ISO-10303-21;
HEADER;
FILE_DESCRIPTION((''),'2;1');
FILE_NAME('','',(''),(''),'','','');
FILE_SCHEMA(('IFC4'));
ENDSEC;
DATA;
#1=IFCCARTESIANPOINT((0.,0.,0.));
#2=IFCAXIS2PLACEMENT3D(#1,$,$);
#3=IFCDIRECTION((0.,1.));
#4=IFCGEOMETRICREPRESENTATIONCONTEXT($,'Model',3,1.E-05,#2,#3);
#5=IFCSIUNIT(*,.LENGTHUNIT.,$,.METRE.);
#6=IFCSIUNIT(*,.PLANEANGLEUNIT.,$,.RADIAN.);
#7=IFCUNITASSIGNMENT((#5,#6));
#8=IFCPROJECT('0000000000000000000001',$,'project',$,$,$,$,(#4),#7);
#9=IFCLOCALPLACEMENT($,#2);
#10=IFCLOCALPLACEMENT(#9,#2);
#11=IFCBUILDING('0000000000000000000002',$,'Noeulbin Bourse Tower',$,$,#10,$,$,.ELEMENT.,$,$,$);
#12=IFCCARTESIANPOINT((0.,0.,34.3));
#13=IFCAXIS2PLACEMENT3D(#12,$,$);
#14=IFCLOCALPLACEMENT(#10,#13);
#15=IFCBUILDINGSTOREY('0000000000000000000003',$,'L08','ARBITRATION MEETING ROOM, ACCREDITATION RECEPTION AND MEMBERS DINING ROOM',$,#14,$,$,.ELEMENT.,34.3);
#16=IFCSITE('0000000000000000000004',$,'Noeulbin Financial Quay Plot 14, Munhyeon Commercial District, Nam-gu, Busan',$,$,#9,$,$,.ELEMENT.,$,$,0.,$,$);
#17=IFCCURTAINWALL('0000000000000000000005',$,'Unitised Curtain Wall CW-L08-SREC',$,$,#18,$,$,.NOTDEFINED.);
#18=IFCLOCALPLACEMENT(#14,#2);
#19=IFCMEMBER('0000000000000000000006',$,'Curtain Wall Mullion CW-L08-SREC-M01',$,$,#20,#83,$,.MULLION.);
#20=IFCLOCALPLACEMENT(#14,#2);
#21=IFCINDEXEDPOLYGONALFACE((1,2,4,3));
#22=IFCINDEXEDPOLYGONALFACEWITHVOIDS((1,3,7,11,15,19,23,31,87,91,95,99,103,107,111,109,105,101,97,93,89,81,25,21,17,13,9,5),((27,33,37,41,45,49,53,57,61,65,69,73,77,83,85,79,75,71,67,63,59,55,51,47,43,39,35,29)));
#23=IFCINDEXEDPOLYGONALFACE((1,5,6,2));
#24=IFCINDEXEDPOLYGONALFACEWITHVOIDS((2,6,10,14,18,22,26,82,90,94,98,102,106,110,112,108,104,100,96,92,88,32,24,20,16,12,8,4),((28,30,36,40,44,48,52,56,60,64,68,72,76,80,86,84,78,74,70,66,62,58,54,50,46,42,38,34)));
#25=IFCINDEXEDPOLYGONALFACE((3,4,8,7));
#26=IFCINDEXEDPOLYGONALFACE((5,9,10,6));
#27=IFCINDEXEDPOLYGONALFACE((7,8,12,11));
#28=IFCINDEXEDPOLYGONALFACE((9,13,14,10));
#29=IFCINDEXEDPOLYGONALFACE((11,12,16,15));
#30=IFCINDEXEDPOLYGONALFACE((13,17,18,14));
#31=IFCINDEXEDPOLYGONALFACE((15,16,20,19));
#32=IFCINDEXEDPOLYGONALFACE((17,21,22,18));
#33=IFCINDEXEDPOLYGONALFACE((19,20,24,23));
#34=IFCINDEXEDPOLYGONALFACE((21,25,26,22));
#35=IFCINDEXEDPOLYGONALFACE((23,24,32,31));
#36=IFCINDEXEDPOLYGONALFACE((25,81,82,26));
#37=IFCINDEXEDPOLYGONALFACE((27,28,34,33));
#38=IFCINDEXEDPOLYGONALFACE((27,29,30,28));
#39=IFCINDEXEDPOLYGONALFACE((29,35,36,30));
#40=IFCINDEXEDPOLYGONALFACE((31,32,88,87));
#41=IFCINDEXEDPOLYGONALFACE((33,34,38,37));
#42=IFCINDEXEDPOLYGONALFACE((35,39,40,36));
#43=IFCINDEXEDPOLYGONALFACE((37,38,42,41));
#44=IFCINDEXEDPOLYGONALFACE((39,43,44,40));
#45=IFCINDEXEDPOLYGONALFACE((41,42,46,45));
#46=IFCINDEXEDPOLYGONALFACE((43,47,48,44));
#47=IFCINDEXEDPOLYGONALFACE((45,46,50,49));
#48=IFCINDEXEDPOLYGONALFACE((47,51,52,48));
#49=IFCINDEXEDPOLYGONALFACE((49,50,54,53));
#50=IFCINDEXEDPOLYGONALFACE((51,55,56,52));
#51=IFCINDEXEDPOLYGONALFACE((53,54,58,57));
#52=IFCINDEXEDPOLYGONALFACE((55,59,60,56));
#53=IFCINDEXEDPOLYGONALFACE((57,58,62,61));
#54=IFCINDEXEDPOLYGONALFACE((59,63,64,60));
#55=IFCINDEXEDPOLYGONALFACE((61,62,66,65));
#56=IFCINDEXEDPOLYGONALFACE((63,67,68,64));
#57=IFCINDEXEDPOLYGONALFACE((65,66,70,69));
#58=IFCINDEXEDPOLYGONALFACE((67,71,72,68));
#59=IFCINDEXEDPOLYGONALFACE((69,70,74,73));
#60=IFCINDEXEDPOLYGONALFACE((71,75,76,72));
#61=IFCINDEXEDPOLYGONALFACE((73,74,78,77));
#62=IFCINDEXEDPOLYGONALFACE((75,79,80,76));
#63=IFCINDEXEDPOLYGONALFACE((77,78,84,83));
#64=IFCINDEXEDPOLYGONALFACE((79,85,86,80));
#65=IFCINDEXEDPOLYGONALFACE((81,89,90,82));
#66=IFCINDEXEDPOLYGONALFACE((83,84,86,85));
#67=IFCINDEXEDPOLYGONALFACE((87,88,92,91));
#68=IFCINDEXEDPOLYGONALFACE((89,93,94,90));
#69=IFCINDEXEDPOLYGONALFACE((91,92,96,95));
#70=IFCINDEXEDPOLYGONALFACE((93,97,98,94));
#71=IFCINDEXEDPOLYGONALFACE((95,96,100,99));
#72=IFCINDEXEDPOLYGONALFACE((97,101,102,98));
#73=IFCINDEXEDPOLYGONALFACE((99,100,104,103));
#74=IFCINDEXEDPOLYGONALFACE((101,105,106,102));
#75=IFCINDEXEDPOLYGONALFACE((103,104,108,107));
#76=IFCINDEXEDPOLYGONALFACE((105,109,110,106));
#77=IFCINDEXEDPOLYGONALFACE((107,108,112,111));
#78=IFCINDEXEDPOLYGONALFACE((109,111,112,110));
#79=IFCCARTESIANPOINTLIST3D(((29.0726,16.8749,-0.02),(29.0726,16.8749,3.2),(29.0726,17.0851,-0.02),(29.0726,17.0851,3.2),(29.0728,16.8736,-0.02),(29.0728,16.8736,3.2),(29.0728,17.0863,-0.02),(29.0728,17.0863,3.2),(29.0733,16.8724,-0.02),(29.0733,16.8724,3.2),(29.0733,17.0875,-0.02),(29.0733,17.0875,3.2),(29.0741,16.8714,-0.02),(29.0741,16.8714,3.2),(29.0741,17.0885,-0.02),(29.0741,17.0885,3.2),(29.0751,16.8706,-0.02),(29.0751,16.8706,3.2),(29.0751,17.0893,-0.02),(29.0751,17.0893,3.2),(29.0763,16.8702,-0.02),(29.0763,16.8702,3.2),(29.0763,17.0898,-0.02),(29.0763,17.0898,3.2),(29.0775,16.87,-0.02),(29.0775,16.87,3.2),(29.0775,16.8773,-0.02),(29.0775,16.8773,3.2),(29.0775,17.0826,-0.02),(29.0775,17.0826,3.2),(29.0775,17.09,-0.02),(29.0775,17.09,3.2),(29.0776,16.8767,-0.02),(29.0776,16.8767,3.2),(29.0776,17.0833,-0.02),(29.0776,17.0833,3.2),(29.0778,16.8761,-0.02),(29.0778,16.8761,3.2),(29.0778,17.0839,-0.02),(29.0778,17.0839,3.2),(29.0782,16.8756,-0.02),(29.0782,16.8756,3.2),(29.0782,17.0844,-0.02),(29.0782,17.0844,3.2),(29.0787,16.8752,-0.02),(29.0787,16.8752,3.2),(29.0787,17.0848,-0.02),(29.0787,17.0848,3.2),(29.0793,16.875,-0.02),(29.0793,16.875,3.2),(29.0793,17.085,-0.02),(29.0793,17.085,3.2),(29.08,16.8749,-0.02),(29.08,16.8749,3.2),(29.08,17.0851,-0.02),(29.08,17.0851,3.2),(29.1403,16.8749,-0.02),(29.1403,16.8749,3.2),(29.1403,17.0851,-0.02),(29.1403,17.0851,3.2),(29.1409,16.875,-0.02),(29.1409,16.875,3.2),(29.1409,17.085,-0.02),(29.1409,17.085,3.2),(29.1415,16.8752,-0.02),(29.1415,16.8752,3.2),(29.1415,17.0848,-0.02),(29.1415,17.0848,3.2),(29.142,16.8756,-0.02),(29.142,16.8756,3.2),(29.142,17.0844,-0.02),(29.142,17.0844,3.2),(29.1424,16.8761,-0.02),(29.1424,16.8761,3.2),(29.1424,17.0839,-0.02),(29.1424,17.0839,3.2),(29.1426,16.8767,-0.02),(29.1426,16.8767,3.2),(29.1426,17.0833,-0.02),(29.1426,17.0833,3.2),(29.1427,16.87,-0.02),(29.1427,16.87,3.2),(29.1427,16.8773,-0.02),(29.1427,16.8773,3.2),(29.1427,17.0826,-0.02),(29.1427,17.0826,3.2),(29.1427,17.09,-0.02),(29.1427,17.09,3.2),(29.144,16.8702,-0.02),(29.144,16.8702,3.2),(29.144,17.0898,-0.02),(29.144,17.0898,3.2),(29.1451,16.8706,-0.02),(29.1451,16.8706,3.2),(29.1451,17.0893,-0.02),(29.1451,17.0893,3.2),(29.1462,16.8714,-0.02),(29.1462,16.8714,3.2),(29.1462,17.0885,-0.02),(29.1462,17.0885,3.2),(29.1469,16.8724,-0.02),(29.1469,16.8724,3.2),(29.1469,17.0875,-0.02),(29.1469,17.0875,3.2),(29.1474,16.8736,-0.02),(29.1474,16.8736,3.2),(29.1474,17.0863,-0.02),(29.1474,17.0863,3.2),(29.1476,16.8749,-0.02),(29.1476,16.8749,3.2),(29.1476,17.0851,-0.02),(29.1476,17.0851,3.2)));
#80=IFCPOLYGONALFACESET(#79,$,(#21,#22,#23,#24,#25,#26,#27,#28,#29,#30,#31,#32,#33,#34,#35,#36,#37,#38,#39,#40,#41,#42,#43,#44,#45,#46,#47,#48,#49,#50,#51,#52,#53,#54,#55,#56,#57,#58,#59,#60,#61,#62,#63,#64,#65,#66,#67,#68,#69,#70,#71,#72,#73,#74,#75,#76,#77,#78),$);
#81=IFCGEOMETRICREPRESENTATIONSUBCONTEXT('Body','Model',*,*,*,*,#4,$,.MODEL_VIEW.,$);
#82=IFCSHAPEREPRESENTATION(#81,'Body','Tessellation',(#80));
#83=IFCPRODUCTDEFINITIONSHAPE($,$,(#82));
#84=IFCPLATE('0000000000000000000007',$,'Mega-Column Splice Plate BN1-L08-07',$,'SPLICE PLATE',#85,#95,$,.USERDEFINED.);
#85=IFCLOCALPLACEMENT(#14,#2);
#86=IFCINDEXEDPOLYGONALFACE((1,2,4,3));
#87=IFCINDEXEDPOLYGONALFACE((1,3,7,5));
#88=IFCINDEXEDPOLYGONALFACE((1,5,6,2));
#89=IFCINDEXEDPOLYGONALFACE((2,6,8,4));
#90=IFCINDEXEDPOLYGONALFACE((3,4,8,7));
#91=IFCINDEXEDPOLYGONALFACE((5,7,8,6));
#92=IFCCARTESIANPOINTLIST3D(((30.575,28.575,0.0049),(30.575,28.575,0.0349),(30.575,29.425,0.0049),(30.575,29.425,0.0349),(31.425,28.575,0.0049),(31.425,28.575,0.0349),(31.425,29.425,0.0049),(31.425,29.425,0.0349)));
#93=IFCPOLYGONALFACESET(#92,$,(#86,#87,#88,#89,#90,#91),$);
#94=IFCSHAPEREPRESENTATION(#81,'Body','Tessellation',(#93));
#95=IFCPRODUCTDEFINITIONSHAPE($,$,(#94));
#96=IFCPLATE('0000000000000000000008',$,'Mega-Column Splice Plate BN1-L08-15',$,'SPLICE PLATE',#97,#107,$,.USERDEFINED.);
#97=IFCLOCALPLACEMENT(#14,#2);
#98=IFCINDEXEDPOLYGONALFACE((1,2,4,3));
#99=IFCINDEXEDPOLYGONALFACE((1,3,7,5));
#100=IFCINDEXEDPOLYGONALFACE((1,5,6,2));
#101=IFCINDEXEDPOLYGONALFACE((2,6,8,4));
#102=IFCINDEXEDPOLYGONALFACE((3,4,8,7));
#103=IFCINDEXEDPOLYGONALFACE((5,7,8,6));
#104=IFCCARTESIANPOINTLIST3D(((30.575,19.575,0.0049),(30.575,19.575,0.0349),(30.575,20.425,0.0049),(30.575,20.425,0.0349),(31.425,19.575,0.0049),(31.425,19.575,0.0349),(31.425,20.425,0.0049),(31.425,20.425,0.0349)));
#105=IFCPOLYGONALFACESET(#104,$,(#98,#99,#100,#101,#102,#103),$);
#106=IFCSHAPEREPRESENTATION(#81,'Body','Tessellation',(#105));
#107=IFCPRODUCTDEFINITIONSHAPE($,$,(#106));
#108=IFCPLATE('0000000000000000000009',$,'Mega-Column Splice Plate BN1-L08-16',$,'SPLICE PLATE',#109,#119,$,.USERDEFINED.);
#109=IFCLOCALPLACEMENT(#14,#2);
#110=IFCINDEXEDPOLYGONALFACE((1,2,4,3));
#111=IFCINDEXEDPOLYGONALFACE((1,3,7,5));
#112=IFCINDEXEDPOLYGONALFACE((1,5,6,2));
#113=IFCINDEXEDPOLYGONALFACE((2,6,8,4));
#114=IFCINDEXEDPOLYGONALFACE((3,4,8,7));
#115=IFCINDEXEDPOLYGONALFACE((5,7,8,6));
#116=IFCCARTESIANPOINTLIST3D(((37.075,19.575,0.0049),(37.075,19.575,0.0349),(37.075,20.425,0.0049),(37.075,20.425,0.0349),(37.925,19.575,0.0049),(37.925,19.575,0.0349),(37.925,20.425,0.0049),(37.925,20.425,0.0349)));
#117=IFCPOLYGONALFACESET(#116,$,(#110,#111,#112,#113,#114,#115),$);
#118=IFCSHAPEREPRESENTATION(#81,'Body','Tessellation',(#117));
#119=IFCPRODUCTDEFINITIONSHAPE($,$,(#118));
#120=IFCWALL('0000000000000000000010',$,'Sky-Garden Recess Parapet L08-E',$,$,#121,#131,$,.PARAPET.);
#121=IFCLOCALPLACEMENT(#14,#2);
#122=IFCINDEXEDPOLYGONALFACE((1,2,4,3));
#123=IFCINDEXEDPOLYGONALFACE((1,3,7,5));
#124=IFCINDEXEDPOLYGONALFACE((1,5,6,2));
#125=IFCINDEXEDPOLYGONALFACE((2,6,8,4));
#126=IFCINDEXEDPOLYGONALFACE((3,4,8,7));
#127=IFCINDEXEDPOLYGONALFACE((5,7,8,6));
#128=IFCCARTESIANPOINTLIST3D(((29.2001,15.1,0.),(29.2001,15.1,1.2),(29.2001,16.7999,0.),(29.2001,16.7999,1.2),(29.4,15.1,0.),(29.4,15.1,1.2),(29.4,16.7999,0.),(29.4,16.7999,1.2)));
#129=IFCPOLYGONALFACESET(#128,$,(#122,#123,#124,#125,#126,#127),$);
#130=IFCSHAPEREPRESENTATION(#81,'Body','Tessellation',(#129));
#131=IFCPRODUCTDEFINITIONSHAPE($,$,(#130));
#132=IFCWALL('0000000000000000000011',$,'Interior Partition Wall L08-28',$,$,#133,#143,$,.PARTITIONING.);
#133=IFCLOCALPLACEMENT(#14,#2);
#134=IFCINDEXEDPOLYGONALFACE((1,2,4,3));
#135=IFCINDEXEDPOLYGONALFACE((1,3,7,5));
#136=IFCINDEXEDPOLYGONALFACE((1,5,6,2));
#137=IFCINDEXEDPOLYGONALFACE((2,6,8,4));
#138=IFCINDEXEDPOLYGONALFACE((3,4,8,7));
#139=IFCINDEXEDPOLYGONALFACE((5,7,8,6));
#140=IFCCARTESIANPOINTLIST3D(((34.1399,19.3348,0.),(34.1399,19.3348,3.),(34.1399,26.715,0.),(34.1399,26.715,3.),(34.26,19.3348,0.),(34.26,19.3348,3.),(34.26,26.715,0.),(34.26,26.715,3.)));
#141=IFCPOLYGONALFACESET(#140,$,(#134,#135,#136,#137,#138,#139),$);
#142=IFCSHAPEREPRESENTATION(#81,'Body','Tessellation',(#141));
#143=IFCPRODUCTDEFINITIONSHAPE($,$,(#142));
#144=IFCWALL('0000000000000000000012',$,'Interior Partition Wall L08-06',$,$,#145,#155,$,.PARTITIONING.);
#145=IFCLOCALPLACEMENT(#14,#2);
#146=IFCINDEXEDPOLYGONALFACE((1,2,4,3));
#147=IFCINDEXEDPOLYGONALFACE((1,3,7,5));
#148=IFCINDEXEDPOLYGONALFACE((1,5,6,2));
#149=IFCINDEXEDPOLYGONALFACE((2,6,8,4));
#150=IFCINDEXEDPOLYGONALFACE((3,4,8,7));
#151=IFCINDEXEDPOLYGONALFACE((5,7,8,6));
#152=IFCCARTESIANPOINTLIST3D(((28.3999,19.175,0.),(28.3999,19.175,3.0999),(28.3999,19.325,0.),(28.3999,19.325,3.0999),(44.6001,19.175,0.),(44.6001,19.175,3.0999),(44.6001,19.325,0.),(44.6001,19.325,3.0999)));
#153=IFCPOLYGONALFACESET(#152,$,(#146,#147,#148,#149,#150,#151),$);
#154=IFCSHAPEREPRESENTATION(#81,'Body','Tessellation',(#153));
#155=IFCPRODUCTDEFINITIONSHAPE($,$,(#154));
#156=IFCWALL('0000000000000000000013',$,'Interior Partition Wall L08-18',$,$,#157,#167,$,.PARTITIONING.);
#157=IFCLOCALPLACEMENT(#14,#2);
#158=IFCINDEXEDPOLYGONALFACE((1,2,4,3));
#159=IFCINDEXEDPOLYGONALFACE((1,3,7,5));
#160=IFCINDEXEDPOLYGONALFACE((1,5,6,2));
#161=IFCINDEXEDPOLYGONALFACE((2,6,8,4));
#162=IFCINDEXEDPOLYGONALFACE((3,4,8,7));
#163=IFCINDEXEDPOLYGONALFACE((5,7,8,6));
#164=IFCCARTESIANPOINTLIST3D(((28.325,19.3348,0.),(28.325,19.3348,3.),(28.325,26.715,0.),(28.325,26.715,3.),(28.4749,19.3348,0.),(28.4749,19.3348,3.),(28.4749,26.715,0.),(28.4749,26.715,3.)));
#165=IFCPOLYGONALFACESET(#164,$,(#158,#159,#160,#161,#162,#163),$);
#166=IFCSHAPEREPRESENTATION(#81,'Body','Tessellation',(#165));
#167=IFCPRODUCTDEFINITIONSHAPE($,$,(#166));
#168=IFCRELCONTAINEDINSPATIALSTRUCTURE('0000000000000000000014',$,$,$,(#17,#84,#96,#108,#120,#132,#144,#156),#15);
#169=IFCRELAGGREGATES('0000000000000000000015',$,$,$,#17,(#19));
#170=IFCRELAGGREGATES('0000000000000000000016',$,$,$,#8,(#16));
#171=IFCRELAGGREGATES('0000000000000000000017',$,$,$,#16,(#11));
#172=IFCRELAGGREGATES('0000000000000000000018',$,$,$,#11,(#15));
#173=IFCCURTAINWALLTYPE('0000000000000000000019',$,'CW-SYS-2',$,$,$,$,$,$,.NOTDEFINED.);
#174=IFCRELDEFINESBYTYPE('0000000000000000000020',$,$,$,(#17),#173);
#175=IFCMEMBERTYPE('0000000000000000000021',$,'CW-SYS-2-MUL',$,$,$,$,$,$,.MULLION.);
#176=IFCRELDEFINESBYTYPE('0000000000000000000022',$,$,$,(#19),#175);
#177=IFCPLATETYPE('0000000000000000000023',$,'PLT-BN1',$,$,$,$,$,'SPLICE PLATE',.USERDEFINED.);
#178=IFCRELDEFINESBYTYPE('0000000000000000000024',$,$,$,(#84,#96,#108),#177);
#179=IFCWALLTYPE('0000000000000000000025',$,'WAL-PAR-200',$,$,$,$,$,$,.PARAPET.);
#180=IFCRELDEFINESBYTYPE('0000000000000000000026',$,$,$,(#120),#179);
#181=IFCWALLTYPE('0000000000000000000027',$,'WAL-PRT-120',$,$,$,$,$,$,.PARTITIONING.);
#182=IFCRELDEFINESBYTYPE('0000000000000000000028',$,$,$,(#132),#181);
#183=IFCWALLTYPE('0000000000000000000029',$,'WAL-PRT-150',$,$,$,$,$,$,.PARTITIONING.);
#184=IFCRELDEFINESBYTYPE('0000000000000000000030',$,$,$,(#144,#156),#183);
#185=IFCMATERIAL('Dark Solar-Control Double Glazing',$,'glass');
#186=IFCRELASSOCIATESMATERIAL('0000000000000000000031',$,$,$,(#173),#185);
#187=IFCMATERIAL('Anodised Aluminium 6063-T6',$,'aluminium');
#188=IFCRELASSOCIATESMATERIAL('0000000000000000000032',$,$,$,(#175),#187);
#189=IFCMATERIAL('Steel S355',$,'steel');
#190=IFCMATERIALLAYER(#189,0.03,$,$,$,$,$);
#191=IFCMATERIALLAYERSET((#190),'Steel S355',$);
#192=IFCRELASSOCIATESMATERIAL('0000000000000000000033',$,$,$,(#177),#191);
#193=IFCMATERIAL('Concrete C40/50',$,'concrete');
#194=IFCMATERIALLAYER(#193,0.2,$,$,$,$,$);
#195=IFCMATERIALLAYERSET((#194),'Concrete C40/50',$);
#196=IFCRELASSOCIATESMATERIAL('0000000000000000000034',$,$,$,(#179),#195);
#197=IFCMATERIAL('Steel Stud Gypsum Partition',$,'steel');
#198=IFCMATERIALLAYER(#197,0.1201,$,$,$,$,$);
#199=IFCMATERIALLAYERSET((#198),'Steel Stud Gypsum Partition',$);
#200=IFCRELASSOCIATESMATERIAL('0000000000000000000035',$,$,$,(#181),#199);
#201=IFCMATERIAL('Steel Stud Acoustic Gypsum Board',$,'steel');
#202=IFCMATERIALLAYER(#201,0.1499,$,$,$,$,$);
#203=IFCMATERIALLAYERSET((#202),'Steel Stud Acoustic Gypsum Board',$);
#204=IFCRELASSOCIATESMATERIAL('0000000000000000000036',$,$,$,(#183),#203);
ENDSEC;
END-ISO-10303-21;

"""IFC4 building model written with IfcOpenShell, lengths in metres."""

from ifc_helpers import new_model, si_unit, direction, frame, frame_2d, origin, origin_2d, place, context, subcontext, project, spatial, rectangle, hollow_rectangle, extrude, material, layer, layer_set, material_profile, profile_set, type_object, element, aggregate, save


model = new_model("IFC4")

# Units and contexts
model_context = context("Model", 3, precision=1e-05, world=origin(), true_north=direction((0.0, 1.0)))
body_context = subcontext(model_context, "Body", "Model", "MODEL_VIEW")
ifc_project = project(units=[si_unit("LENGTHUNIT", "METRE"), si_unit("PLANEANGLEUNIT", "RADIAN")], contexts=[model_context])

# Site, building, storey
site_placement = place(None, origin())
site = spatial("IfcSite", under=ifc_project, at=site_placement, Name="Noeulbin Financial Quay Plot 14, Munhyeon Commercial District, Nam-gu, Busan", CompositionType="ELEMENT", RefElevation=0.0)
building_placement = place(site_placement, origin())
building = spatial("IfcBuilding", under=site, at=building_placement, Name="Noeulbin Bourse Tower", CompositionType="ELEMENT")
storey_placement = place(building_placement, frame((0.0, 0.0, 34.3)))
storey = spatial("IfcBuildingStorey", under=building, at=storey_placement, Name="L08", Description="ARBITRATION MEETING ROOM, ACCREDITATION RECEPTION AND MEMBERS DINING ROOM", CompositionType="ELEMENT", Elevation=34.3)

# Shared definitions
ifc_material_1 = material(Name="Steel S355", Category="steel")

# Curtain wall, member
ifc_material_2 = material(Name="Dark Solar-Control Double Glazing", Category="glass")
curtain_wall_type = type_object("IfcCurtainWallType", Name="CW-SYS-2", PredefinedType="NOTDEFINED", material=ifc_material_2)
curtain_wall_placement = place(storey_placement, origin())
curtain_wall = element("IfcCurtainWall", 1, at=curtain_wall_placement, inside=storey, type_object=curtain_wall_type, Name="Unitised Curtain Wall CW-L08-SREC", PredefinedType="NOTDEFINED")
ifc_material_3 = material(Name="Anodised Aluminium 6063-T6", Category="aluminium")
ifc_material_profile_1 = material_profile(ifc_material_3, hollow_rectangle(XDim=0.075, YDim=0.22, WallThickness=0.0049, InnerFilletRadius=0.0024, OuterFilletRadius=0.0049, at=origin_2d()), Name="ALU-MULL-75x220x5", Category="LoadBearing")
ifc_profile_set_1 = profile_set([ifc_material_profile_1], Name="Anodised Aluminium 6063-T6")
member_type = type_object("IfcMemberType", Name="CW-SYS-2-MUL", PredefinedType="MULLION", material=ifc_profile_set_1)
member_placement = place(storey_placement, frame((29.1101, 16.98, -0.02), z_axis=(0.0, 0.0, 1.0), x_axis=(1.0, 0.0, 0.0)))
member = element("IfcMember", 2, at=member_placement, type_object=member_type, Name="Curtain Wall Mullion CW-L08-SREC-M01", PredefinedType="MULLION", context=body_context, shape_type="SweptSolid", body=[
    extrude(hollow_rectangle(XDim=0.075, YDim=0.22, WallThickness=0.0049, InnerFilletRadius=0.0024, OuterFilletRadius=0.0049, at=origin_2d()), origin(), (0.0, 0.0, 1.0), 3.22),
])
aggregate(curtain_wall, [member])

# Plates
ifc_layer_1 = layer(ifc_material_1, 0.03)
ifc_layer_set_1 = layer_set([ifc_layer_1], Name="Steel S355")
plate_type = type_object("IfcPlateType", Name="PLT-BN1", ElementType="SPLICE PLATE", PredefinedType="USERDEFINED", material=ifc_layer_set_1)
for number, where, z_axis, x_axis, name in (
    (3, (31.0, 29.0, 0.0049), (0.0, 0.0, 1.0), (1.0, 0.0, 0.0), "Mega-Column Splice Plate BN1-L08-07"),
    (4, (31.0, 20.0, 0.0049), (0.0, 0.0, 1.0), (1.0, 0.0, 0.0), "Mega-Column Splice Plate BN1-L08-15"),
    (5, (37.5, 20.0, 0.0049), (0.0, 0.0, 1.0), (1.0, 0.0, 0.0), "Mega-Column Splice Plate BN1-L08-16"),
):
    element("IfcPlate", number, at=place(storey_placement, frame(where, z_axis=z_axis, x_axis=x_axis)), inside=storey, type_object=plate_type, Name=name, ObjectType="SPLICE PLATE", PredefinedType="USERDEFINED", context=body_context, shape_type="SweptSolid", body=[
        extrude(rectangle(XDim=0.8501, YDim=0.8501, at=origin_2d()), origin(), (0.0, 0.0, 1.0), 0.03),
    ])

# Walls
ifc_material_4 = material(Name="Concrete C40/50", Category="concrete")
ifc_layer_2 = layer(ifc_material_4, 0.2)
ifc_layer_set_2 = layer_set([ifc_layer_2], Name="Concrete C40/50")
wall_type_1 = type_object("IfcWallType", Name="WAL-PAR-200", PredefinedType="PARAPET", material=ifc_layer_set_2)
wall_1_placement = place(storey_placement, frame((29.3, 16.8, 0.0), z_axis=(0.0, 0.0, 1.0), x_axis=(0.0, -1.0, 0.0)))
element("IfcWall", 6, at=wall_1_placement, inside=storey, type_object=wall_type_1, Name="Sky-Garden Recess Parapet L08-E", PredefinedType="PARAPET", context=body_context, shape_type="SweptSolid", body=[
    extrude(rectangle(XDim=1.7, YDim=0.2, at=frame_2d((0.8501, 0.0))), origin(), (0.0, 0.0, 1.0), 1.2),
])
ifc_material_5 = material(Name="Steel Stud Gypsum Partition", Category="steel")
ifc_layer_3 = layer(ifc_material_5, 0.1201)
ifc_layer_set_3 = layer_set([ifc_layer_3], Name="Steel Stud Gypsum Partition")
wall_type_2 = type_object("IfcWallType", Name="WAL-PRT-120", PredefinedType="PARTITIONING", material=ifc_layer_set_3)
wall_2_placement = place(storey_placement, frame((34.2, 19.335, 0.0), z_axis=(0.0, 0.0, 1.0), x_axis=(0.0, 1.0, 0.0)))
element("IfcWall", 7, at=wall_2_placement, inside=storey, type_object=wall_type_2, Name="Interior Partition Wall L08-28", PredefinedType="PARTITIONING", context=body_context, shape_type="SweptSolid", body=[
    extrude(rectangle(XDim=7.3801, YDim=0.1201, at=frame_2d((3.6899, 0.0))), origin(), (0.0, 0.0, 1.0), 3.0),
])
ifc_material_6 = material(Name="Steel Stud Acoustic Gypsum Board", Category="steel")
ifc_layer_4 = layer(ifc_material_6, 0.1499)
ifc_layer_set_4 = layer_set([ifc_layer_4], Name="Steel Stud Acoustic Gypsum Board")
wall_type_3 = type_object("IfcWallType", Name="WAL-PRT-150", PredefinedType="PARTITIONING", material=ifc_layer_set_4)
wall_3_placement = place(storey_placement, frame((28.3999, 19.25, 0.0), z_axis=(0.0, 0.0, 1.0), x_axis=(1.0, 0.0, 0.0)))
element("IfcWall", 8, at=wall_3_placement, inside=storey, type_object=wall_type_3, Name="Interior Partition Wall L08-06", PredefinedType="PARTITIONING", context=body_context, shape_type="SweptSolid", body=[
    extrude(rectangle(XDim=16.2002, YDim=0.1499, at=frame_2d((8.1001, 0.0))), origin(), (0.0, 0.0, 1.0), 3.0999),
])
wall_4_placement = place(storey_placement, frame((28.3999, 19.335, 0.0), z_axis=(0.0, 0.0, 1.0), x_axis=(0.0, 1.0, 0.0)))
element("IfcWall", 9, at=wall_4_placement, inside=storey, type_object=wall_type_3, Name="Interior Partition Wall L08-18", PredefinedType="PARTITIONING", context=body_context, shape_type="SweptSolid", body=[
    extrude(rectangle(XDim=7.3801, YDim=0.1499, at=frame_2d((3.6899, 0.0))), origin(), (0.0, 0.0, 1.0), 3.0),
])

save(model, "model.ifc")
